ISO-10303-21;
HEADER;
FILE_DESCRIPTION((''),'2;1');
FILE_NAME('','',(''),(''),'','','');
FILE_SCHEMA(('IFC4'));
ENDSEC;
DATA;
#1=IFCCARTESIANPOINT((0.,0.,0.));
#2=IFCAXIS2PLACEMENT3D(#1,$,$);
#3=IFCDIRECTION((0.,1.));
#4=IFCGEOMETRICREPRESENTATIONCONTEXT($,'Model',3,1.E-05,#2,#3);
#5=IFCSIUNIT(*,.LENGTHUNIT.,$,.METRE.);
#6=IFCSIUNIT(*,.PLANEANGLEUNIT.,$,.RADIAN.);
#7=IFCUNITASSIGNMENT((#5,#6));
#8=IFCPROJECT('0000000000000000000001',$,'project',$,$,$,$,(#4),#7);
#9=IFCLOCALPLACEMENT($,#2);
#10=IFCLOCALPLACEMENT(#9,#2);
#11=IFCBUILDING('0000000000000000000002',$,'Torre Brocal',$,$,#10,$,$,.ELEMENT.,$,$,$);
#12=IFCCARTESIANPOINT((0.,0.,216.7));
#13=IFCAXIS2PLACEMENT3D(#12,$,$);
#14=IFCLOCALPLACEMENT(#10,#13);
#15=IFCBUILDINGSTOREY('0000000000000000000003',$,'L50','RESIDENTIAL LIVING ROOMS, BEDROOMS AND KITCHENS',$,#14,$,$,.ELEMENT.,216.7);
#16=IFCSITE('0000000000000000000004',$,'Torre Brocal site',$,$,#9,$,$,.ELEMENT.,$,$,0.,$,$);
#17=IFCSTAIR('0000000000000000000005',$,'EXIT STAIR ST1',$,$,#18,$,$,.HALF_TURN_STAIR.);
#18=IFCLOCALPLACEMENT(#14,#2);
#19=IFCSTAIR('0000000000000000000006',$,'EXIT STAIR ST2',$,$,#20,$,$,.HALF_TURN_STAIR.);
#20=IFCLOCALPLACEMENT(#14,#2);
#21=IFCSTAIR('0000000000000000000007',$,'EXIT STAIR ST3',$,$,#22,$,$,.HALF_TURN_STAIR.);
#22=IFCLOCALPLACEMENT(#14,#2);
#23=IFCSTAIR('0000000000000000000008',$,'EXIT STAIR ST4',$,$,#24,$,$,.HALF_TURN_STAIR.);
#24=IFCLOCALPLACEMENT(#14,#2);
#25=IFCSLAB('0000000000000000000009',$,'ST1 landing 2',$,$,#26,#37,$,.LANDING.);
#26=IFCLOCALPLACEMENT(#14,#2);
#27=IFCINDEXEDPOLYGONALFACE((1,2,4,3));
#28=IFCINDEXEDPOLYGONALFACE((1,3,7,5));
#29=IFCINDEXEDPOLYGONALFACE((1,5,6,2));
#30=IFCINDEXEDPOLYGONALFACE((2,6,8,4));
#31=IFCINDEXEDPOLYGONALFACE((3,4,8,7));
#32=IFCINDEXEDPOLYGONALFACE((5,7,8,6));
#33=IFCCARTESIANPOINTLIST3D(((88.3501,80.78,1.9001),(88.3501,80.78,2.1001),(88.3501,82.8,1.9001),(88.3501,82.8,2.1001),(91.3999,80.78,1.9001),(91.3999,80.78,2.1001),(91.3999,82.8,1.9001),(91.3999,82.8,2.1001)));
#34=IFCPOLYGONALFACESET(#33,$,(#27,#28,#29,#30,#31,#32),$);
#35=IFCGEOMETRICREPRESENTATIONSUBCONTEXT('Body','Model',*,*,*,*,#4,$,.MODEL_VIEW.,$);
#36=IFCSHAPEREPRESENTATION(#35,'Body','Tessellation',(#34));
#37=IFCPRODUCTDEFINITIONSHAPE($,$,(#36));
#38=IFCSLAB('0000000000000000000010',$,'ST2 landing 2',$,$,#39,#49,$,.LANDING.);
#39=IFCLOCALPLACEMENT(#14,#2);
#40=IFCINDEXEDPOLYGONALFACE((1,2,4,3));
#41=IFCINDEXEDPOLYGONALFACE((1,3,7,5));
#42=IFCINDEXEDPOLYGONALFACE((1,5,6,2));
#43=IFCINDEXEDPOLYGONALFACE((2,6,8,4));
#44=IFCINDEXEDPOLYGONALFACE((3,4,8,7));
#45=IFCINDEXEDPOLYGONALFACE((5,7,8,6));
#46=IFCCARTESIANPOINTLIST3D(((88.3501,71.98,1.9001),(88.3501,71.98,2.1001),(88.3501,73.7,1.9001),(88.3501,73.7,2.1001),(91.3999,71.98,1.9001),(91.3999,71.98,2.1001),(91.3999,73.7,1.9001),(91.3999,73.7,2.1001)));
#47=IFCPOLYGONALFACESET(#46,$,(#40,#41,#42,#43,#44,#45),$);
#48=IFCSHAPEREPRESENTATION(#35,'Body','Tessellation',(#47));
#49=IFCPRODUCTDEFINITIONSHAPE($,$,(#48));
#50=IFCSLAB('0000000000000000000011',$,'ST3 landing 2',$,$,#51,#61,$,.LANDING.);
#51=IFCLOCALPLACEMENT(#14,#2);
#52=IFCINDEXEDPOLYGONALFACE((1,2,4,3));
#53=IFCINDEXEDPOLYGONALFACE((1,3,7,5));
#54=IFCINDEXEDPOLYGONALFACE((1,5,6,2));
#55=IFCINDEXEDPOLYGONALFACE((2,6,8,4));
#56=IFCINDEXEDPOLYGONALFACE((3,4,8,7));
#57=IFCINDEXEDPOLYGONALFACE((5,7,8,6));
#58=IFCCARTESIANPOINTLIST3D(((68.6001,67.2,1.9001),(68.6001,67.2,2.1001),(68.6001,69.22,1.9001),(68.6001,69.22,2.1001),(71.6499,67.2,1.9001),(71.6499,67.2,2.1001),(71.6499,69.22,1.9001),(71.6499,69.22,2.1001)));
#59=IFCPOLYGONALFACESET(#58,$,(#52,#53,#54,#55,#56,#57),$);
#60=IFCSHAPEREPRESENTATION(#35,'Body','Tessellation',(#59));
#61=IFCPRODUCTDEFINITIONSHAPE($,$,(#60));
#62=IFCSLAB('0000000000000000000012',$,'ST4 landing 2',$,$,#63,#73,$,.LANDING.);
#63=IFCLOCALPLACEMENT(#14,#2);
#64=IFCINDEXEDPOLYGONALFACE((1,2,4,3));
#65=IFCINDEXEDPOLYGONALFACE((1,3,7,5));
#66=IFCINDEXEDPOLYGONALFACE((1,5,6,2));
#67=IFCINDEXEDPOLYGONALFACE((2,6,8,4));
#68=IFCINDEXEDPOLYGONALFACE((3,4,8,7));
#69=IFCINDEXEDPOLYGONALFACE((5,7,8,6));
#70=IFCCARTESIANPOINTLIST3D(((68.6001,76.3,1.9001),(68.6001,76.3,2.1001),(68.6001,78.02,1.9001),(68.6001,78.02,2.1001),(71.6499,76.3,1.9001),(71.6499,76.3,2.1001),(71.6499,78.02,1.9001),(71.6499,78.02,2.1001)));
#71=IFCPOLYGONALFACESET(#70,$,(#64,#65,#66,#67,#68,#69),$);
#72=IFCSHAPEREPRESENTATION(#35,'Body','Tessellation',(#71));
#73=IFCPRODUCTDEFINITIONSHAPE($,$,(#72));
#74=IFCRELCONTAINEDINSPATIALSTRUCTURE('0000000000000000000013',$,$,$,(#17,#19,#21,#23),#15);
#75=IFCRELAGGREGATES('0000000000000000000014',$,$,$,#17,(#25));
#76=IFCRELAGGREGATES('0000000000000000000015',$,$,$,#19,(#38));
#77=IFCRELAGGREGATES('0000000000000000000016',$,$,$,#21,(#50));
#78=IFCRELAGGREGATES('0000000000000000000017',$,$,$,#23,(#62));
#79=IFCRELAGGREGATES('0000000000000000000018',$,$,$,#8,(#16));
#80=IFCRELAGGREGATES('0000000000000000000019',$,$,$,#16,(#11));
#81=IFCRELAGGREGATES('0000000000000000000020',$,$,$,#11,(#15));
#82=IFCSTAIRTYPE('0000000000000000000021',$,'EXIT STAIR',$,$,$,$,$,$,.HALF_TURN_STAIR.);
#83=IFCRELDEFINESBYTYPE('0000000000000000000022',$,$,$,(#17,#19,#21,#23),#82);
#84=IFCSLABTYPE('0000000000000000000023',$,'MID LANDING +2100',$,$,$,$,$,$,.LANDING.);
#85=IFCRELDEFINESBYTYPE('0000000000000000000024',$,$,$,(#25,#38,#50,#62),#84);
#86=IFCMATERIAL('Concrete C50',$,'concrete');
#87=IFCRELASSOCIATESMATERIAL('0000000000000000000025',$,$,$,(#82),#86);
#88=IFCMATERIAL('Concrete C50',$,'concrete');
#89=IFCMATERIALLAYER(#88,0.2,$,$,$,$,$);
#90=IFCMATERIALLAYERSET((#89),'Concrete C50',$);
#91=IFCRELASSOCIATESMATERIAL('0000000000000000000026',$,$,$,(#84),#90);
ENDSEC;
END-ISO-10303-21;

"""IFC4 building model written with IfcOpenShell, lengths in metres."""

from ifc_helpers import new_model, si_unit, direction, frame, origin, place, context, subcontext, project, spatial, polyline, outline, extrude, material, layer, layer_set, type_object, element, aggregate, save


model = new_model("IFC4")

# Units and contexts
model_context = context("Model", 3, precision=1e-05, world=origin(), true_north=direction((0.0, 1.0)))
body_context = subcontext(model_context, "Body", "Model", "MODEL_VIEW")
ifc_project = project(units=[si_unit("LENGTHUNIT", "METRE"), si_unit("PLANEANGLEUNIT", "RADIAN")], contexts=[model_context])

# Site, building, storey
site_placement = place(None, origin())
site = spatial("IfcSite", under=ifc_project, at=site_placement, Name="Torre Brocal site", CompositionType="ELEMENT", RefElevation=0.0)
building_placement = place(site_placement, origin())
building = spatial("IfcBuilding", under=site, at=building_placement, Name="Torre Brocal", CompositionType="ELEMENT")
storey_placement = place(building_placement, frame((0.0, 0.0, 216.7)))
storey = spatial("IfcBuildingStorey", under=building, at=storey_placement, Name="L50", Description="RESIDENTIAL LIVING ROOMS, BEDROOMS AND KITCHENS", CompositionType="ELEMENT", Elevation=216.7)

# Stairs
ifc_material_1 = material(Name="Concrete C50", Category="concrete")
stair_type = type_object("IfcStairType", Name="EXIT STAIR", PredefinedType="HALF_TURN_STAIR", material=ifc_material_1)
stair_1_placement = place(storey_placement, origin())
stair_1 = element("IfcStair", 1, at=stair_1_placement, inside=storey, type_object=stair_type, Name="EXIT STAIR ST1", PredefinedType="HALF_TURN_STAIR")
stair_2_placement = place(storey_placement, origin())
stair_2 = element("IfcStair", 2, at=stair_2_placement, inside=storey, type_object=stair_type, Name="EXIT STAIR ST2", PredefinedType="HALF_TURN_STAIR")
stair_3_placement = place(storey_placement, origin())
stair_3 = element("IfcStair", 3, at=stair_3_placement, inside=storey, type_object=stair_type, Name="EXIT STAIR ST3", PredefinedType="HALF_TURN_STAIR")
stair_4_placement = place(storey_placement, origin())
stair_4 = element("IfcStair", 4, at=stair_4_placement, inside=storey, type_object=stair_type, Name="EXIT STAIR ST4", PredefinedType="HALF_TURN_STAIR")

# Slabs
ifc_material_2 = material(Name="Concrete C50", Category="concrete")
ifc_layer_1 = layer(ifc_material_2, 0.2)
ifc_layer_set_1 = layer_set([ifc_layer_1], Name="Concrete C50")
slab_type_1 = type_object("IfcSlabType", Name="MID LANDING +2100", PredefinedType="LANDING", material=ifc_layer_set_1)
slab_1_placement = place(storey_placement, frame((0.0, 0.0, 1.9001)))
slab_1 = element("IfcSlab", 5, at=slab_1_placement, type_object=slab_type_1, Name="ST1 landing 2", PredefinedType="LANDING", context=body_context, shape_type="SweptSolid", body=[
    extrude(outline(polyline([(88.3501, 80.78), (91.3999, 80.78), (91.3999, 82.8), (88.3501, 82.8), (88.3501, 80.78)])), origin(), (0.0, 0.0, 1.0), 0.2),
])
aggregate(stair_1, [slab_1])
slab_2_placement = place(storey_placement, frame((0.0, 0.0, 1.9001)))
slab_2 = element("IfcSlab", 6, at=slab_2_placement, type_object=slab_type_1, Name="ST2 landing 2", PredefinedType="LANDING", context=body_context, shape_type="SweptSolid", body=[
    extrude(outline(polyline([(88.3501, 71.98), (91.3999, 71.98), (91.3999, 73.7), (88.3501, 73.7), (88.3501, 71.98)])), origin(), (0.0, 0.0, 1.0), 0.2),
])
aggregate(stair_2, [slab_2])
slab_3_placement = place(storey_placement, frame((0.0, 0.0, 1.9001)))
slab_3 = element("IfcSlab", 7, at=slab_3_placement, type_object=slab_type_1, Name="ST3 landing 2", PredefinedType="LANDING", context=body_context, shape_type="SweptSolid", body=[
    extrude(outline(polyline([(71.6499, 69.22), (68.6001, 69.22), (68.6001, 67.2), (71.6499, 67.2), (71.6499, 69.22)])), origin(), (0.0, 0.0, 1.0), 0.2),
])
aggregate(stair_3, [slab_3])
slab_4_placement = place(storey_placement, frame((0.0, 0.0, 1.9001)))
slab_4 = element("IfcSlab", 8, at=slab_4_placement, type_object=slab_type_1, Name="ST4 landing 2", PredefinedType="LANDING", context=body_context, shape_type="SweptSolid", body=[
    extrude(outline(polyline([(71.6499, 78.02), (68.6001, 78.02), (68.6001, 76.3), (71.6499, 76.3), (71.6499, 78.02)])), origin(), (0.0, 0.0, 1.0), 0.2),
])
aggregate(stair_4, [slab_4])

save(model, "model.ifc")
